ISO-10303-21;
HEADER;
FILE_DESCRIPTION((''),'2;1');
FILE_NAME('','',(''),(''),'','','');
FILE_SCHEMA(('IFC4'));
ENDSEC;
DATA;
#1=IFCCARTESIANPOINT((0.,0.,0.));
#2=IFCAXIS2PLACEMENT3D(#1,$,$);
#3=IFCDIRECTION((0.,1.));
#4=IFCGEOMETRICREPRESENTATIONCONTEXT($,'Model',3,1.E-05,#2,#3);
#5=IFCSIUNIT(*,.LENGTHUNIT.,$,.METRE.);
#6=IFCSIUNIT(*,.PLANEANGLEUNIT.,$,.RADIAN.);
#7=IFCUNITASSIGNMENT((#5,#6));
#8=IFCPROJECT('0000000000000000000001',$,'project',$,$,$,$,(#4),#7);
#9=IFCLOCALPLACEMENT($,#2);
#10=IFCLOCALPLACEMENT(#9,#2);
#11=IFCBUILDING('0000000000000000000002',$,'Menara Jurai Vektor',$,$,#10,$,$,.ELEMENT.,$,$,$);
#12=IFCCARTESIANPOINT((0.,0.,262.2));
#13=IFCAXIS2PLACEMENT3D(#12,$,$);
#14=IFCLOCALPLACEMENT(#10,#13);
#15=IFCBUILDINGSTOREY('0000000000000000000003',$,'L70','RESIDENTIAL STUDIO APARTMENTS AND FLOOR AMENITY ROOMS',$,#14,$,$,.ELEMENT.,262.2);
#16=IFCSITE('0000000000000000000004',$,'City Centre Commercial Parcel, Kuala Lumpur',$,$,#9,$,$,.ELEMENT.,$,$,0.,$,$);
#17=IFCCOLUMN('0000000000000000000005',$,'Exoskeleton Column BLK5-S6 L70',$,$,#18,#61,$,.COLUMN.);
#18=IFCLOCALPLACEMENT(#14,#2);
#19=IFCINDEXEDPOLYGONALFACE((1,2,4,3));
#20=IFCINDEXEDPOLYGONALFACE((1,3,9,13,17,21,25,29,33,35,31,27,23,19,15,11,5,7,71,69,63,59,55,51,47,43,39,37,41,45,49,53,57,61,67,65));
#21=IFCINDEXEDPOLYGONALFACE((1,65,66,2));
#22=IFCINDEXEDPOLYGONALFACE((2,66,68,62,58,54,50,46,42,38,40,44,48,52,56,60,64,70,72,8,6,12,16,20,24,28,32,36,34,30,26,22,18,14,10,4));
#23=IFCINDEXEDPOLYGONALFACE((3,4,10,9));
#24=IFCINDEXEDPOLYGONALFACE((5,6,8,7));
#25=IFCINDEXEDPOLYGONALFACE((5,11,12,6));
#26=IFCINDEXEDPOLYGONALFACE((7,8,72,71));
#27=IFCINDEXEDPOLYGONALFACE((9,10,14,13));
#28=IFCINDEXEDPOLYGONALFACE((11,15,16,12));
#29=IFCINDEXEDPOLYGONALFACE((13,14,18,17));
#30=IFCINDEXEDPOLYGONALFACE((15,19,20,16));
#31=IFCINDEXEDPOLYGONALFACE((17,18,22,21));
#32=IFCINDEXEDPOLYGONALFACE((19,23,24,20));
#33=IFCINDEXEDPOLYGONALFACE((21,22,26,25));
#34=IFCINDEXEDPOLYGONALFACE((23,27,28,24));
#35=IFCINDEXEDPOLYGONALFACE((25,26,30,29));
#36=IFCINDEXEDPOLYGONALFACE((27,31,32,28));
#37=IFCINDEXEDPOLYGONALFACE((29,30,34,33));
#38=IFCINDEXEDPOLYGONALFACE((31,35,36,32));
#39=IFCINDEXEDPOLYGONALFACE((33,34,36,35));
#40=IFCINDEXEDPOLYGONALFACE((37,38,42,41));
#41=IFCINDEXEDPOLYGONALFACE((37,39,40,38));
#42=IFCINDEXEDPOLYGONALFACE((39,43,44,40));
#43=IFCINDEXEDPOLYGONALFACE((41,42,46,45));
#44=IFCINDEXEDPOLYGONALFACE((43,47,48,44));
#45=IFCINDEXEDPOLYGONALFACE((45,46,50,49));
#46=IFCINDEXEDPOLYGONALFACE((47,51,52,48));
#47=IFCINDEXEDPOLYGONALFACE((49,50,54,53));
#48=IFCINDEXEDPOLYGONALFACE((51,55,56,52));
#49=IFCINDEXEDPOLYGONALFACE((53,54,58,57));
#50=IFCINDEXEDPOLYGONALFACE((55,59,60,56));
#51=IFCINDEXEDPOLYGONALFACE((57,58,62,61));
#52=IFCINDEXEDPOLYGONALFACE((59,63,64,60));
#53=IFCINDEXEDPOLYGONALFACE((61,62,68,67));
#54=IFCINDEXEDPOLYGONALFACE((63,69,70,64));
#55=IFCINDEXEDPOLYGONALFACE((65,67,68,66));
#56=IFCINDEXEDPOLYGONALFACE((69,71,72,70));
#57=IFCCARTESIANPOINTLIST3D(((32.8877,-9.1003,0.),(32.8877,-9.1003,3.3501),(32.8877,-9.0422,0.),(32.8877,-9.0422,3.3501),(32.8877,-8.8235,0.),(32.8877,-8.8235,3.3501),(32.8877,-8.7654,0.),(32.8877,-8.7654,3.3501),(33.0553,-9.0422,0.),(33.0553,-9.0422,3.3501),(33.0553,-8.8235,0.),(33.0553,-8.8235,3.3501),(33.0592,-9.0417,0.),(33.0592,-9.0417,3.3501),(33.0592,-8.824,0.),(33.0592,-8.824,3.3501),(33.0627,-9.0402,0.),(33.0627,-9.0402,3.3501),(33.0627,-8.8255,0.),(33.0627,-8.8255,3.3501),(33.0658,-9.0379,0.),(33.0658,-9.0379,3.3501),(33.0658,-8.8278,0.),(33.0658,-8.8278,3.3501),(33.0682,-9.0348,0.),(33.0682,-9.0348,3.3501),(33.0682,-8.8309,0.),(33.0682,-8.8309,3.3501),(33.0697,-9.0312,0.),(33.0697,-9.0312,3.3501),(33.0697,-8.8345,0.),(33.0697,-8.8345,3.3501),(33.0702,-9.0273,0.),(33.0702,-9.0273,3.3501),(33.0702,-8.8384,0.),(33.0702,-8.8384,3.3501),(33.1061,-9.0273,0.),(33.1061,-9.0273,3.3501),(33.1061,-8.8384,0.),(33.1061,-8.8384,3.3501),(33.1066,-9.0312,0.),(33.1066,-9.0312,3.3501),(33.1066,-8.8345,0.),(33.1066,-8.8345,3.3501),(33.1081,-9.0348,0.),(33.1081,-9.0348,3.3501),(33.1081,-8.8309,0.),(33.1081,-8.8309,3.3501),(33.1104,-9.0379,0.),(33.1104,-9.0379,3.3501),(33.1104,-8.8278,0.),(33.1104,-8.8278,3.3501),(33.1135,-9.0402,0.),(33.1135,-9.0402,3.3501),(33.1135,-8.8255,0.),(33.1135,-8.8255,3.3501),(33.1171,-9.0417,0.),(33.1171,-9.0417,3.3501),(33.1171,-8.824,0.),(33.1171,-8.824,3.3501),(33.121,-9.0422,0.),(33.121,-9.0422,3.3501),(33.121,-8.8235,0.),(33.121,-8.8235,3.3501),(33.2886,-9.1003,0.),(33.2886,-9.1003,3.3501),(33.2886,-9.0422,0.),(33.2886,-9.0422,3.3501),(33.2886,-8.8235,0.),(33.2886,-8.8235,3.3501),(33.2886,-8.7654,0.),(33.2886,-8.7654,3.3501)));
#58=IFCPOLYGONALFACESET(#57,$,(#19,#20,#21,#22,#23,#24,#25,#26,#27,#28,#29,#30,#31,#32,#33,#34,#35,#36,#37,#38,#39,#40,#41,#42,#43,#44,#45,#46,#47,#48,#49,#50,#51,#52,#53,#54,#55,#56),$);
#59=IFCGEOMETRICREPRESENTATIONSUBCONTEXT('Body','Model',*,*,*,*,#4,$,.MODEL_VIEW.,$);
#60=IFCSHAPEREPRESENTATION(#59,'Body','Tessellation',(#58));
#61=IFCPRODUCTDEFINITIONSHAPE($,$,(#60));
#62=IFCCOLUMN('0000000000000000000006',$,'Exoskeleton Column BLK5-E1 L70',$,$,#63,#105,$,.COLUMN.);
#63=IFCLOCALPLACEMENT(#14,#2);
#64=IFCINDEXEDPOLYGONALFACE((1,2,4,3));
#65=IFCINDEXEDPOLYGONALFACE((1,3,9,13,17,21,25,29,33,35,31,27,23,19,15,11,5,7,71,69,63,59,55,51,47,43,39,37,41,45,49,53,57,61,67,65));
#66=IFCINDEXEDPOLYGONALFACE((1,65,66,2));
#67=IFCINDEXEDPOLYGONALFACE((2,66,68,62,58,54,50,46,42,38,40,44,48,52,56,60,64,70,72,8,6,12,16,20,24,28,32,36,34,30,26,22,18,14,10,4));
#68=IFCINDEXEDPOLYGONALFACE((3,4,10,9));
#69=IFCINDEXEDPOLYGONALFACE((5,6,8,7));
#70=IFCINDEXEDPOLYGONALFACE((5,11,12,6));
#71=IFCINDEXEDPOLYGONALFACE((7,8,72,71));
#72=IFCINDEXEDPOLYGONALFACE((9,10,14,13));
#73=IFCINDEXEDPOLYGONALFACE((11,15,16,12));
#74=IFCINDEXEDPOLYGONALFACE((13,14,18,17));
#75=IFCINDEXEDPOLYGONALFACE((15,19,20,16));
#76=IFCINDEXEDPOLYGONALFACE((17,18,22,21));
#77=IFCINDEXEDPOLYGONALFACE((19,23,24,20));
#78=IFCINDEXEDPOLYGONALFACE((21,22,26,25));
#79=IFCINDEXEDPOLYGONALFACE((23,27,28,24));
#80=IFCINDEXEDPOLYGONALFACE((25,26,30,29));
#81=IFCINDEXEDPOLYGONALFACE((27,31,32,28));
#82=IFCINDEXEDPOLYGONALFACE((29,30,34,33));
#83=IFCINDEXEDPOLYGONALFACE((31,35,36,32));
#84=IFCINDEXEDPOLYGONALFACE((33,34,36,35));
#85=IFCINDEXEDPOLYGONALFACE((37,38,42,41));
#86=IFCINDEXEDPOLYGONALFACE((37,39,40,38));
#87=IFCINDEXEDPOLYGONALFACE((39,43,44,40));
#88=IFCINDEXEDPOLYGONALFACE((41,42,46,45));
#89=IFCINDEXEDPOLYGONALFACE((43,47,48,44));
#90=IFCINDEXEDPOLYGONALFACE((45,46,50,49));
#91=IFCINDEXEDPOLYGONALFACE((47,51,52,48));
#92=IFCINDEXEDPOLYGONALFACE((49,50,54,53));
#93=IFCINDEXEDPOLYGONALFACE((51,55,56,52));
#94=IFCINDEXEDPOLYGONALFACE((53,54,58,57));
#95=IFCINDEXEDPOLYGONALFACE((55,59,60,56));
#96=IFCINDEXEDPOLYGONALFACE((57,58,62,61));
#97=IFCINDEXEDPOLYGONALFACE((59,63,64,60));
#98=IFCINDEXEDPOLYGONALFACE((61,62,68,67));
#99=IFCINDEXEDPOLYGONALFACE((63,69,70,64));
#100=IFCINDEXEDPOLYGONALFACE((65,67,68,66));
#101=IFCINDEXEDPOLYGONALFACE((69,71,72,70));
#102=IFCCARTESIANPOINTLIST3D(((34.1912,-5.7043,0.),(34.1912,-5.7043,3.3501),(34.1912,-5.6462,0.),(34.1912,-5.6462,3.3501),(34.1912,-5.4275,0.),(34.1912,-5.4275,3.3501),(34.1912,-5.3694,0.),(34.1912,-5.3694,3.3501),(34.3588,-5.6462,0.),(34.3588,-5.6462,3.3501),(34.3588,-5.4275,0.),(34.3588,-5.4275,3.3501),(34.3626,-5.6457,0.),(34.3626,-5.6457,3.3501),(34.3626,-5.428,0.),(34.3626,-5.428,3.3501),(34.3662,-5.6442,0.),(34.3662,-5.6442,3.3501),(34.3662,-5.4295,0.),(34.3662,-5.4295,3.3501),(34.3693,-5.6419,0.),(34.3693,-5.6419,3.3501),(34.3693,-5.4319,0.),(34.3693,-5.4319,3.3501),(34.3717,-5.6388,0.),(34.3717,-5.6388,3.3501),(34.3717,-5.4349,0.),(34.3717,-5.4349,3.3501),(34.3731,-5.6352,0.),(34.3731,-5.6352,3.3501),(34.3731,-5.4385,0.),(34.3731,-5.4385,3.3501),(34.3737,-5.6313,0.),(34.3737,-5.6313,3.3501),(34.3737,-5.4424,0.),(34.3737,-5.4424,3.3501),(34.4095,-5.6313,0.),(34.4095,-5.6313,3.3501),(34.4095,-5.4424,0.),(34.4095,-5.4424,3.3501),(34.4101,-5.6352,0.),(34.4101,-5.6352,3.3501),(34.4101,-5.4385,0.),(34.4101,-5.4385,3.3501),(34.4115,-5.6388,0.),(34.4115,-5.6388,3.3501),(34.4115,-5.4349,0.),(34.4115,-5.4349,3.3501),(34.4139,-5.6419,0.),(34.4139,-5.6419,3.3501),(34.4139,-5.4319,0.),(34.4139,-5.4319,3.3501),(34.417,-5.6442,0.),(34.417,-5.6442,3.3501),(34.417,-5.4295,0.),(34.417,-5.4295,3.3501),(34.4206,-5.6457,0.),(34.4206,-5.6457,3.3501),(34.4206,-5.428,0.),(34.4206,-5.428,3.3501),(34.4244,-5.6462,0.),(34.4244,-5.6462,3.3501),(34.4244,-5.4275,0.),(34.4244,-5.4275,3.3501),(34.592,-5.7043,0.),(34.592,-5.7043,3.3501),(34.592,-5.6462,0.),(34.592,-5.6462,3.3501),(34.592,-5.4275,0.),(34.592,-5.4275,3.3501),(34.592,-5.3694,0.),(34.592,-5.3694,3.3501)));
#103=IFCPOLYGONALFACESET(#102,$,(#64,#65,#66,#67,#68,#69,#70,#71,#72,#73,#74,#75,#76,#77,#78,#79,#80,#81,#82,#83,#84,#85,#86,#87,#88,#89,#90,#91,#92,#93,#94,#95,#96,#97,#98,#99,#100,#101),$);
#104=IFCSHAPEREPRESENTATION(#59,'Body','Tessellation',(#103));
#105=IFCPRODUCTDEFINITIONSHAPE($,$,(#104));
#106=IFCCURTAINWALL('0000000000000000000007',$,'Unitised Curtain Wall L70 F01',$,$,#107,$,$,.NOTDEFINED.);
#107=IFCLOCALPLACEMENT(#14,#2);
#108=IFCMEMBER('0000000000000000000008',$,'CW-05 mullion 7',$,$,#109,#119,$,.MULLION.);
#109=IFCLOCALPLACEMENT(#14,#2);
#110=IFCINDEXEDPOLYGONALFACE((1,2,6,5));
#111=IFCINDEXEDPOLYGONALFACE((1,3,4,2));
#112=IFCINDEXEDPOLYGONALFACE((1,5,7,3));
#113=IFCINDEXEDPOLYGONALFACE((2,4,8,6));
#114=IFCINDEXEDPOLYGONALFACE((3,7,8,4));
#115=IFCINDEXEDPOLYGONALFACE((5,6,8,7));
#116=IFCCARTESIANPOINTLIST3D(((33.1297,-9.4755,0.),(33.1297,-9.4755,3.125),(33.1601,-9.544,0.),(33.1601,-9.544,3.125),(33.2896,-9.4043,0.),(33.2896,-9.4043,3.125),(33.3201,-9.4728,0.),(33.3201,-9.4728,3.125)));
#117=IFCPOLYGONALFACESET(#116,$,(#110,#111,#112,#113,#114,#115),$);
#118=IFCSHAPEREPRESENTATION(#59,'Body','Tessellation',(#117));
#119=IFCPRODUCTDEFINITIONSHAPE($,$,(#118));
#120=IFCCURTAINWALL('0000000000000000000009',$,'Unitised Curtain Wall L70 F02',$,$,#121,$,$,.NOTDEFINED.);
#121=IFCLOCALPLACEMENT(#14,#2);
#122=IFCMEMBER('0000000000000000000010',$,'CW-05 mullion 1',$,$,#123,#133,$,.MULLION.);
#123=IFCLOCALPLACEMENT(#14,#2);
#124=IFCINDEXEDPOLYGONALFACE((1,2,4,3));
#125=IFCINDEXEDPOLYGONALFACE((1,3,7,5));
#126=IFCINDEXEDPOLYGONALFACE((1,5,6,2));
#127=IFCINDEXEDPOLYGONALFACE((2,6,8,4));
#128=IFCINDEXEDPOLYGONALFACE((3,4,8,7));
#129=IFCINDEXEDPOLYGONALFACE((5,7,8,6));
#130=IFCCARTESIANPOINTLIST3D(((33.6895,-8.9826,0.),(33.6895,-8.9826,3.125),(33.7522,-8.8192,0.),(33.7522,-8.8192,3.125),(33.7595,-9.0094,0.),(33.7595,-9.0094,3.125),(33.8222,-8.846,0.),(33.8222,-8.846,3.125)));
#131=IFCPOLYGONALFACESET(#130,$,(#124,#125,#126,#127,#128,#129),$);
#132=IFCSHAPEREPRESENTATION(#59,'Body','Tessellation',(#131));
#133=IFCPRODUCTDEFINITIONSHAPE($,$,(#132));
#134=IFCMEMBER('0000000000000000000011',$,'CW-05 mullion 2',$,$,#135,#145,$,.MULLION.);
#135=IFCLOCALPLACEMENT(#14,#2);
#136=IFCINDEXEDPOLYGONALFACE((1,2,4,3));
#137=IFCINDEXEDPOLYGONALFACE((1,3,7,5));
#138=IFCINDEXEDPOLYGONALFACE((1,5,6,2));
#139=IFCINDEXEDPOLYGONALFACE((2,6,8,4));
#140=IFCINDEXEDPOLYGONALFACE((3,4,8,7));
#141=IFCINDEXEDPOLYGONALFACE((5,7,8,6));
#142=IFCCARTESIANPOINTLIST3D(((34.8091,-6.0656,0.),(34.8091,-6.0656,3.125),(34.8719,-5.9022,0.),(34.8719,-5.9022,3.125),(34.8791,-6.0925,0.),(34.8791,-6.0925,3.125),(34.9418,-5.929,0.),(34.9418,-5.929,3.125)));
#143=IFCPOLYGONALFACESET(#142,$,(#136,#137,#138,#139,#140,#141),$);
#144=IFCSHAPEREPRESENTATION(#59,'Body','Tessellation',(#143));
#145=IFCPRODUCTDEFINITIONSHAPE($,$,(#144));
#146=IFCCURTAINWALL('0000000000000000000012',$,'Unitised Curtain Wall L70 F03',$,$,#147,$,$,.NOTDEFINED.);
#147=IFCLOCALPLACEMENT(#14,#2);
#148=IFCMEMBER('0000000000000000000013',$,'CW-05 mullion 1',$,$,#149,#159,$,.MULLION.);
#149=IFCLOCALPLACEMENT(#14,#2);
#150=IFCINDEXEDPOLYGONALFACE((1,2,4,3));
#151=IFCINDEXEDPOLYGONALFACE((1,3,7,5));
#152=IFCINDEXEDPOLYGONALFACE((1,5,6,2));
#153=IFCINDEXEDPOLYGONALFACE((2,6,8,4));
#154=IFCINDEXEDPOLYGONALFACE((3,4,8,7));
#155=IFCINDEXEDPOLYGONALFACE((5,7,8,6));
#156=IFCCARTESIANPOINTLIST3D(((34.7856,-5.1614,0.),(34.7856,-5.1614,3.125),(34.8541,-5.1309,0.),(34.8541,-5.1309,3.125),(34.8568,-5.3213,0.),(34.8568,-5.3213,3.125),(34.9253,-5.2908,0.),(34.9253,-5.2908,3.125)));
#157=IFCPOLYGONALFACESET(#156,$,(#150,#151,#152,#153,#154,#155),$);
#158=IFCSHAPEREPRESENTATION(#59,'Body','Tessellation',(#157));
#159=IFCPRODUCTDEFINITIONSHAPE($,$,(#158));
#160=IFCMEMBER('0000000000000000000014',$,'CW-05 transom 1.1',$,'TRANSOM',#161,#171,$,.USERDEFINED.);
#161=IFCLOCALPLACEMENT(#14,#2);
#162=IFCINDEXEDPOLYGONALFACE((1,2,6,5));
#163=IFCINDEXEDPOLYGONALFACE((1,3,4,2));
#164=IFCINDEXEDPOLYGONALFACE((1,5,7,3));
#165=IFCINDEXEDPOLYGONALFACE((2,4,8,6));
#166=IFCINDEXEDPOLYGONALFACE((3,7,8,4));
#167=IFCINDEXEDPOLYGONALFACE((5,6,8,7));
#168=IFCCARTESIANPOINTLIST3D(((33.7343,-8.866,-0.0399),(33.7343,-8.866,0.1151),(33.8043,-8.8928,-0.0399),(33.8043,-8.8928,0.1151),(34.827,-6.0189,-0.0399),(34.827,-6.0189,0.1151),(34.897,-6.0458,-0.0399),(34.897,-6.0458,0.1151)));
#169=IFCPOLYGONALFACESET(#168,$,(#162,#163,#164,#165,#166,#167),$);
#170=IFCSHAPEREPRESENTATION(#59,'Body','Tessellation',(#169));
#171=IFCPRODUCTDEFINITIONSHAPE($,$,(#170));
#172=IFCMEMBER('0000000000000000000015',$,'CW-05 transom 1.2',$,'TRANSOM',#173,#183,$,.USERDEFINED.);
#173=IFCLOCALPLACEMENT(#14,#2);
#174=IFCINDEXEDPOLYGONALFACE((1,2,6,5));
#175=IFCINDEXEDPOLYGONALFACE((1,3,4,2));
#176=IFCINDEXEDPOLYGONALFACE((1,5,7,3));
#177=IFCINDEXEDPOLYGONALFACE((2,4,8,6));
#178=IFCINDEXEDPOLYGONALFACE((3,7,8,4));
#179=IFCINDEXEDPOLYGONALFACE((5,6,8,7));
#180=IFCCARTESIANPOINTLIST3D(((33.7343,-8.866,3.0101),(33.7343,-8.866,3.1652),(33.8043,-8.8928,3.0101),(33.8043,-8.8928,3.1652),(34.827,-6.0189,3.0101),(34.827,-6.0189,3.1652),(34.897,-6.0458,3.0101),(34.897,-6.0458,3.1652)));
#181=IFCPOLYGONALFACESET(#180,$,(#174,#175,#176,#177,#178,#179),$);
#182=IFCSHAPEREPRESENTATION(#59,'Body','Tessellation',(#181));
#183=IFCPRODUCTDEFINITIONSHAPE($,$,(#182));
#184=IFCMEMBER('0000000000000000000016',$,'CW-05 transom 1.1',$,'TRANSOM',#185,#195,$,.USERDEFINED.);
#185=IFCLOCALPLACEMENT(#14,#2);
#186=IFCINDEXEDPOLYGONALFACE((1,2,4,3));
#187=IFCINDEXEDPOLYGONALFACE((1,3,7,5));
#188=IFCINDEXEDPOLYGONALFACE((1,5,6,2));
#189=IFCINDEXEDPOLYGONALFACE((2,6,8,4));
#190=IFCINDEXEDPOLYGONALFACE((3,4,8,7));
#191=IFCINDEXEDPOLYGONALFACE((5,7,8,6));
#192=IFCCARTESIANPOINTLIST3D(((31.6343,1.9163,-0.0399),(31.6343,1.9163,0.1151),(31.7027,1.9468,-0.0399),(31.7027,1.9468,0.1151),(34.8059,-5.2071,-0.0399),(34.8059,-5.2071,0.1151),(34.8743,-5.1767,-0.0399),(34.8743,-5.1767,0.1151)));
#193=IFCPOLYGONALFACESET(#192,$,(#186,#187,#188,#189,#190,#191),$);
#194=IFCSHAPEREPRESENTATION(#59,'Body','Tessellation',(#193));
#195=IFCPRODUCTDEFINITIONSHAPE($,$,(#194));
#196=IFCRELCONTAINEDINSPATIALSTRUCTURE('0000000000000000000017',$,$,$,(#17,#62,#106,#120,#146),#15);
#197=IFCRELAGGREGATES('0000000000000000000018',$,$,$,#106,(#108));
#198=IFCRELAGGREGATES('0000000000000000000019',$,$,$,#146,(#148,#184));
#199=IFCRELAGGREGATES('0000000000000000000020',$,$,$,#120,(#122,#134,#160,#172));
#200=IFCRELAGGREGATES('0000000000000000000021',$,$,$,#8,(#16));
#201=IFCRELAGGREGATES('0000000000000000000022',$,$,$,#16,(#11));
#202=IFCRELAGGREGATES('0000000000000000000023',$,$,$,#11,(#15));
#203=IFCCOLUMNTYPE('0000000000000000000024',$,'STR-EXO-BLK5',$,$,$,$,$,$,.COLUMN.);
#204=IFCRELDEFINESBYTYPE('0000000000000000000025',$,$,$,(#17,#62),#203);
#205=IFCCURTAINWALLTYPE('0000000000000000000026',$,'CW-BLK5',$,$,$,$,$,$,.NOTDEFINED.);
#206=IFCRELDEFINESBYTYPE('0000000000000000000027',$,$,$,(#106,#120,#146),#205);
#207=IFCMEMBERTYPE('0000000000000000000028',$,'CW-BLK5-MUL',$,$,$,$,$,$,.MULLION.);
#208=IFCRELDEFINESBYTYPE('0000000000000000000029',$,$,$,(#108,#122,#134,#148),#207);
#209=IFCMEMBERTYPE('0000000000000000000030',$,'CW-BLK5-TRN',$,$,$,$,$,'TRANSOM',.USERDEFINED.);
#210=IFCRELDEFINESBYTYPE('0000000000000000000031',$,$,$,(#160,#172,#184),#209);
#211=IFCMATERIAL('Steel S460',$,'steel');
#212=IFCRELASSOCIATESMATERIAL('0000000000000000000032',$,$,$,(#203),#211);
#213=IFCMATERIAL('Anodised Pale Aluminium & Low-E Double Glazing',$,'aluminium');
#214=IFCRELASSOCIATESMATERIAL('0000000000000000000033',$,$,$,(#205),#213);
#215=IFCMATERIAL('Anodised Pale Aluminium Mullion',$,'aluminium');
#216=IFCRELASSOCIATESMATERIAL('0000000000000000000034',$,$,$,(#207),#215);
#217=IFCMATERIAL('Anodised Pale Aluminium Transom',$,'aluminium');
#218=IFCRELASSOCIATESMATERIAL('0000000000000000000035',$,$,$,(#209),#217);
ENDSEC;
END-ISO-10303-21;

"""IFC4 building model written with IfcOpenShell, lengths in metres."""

from ifc_helpers import new_model, si_unit, direction, frame, origin, origin_2d, place, context, subcontext, project, spatial, rectangle, i_section, extrude, material, material_profile, profile_set, type_object, element, aggregate, save


model = new_model("IFC4")

# Units and contexts
model_context = context("Model", 3, precision=1e-05, world=origin(), true_north=direction((0.0, 1.0)))
body_context = subcontext(model_context, "Body", "Model", "MODEL_VIEW")
ifc_project = project(units=[si_unit("LENGTHUNIT", "METRE"), si_unit("PLANEANGLEUNIT", "RADIAN")], contexts=[model_context])

# Site, building, storey
site_placement = place(None, origin())
site = spatial("IfcSite", under=ifc_project, at=site_placement, Name="City Centre Commercial Parcel, Kuala Lumpur", CompositionType="ELEMENT", RefElevation=0.0)
building_placement = place(site_placement, origin())
building = spatial("IfcBuilding", under=site, at=building_placement, Name="Menara Jurai Vektor", CompositionType="ELEMENT")
storey_placement = place(building_placement, frame((0.0, 0.0, 262.2)))
storey = spatial("IfcBuildingStorey", under=building, at=storey_placement, Name="L70", Description="RESIDENTIAL STUDIO APARTMENTS AND FLOOR AMENITY ROOMS", CompositionType="ELEMENT", Elevation=262.2)

# Columns
ifc_material_1 = material(Name="Steel S460", Category="steel")
ifc_material_profile_1 = material_profile(ifc_material_1, i_section(OverallWidth=0.4009, OverallDepth=0.335, WebThickness=0.0359, FlangeThickness=0.0581, FilletRadius=0.0149, at=origin_2d()), Name="HD 400x463")
ifc_profile_set_1 = profile_set([ifc_material_profile_1], Name="Steel S460")
column_type = type_object("IfcColumnType", Name="STR-EXO-BLK5", PredefinedType="COLUMN", material=ifc_profile_set_1)
for number, where, z_axis, x_axis, name in (
    (1, (33.0881, -8.9329, 0.0), (0.0, 0.0, 1.0), (1.0, 0.0, 0.0), "Exoskeleton Column BLK5-S6 L70"),
    (2, (34.3916, -5.5369, 0.0), (0.0, 0.0, 1.0), (1.0, 0.0, 0.0), "Exoskeleton Column BLK5-E1 L70"),
):
    element("IfcColumn", number, at=place(storey_placement, frame(where, z_axis=z_axis, x_axis=x_axis)), inside=storey, type_object=column_type, Name=name, PredefinedType="COLUMN", context=body_context, shape_type="SweptSolid", body=[
        extrude(i_section(OverallWidth=0.4009, OverallDepth=0.335, WebThickness=0.0359, FlangeThickness=0.0581, FilletRadius=0.0149, at=origin_2d()), origin(), (0.0, 0.0, 1.0), 3.3501),
    ])

# Curtain wall, member
ifc_material_2 = material(Name="Anodised Pale Aluminium & Low-E Double Glazing", Category="aluminium")
curtain_wall_type = type_object("IfcCurtainWallType", Name="CW-BLK5", PredefinedType="NOTDEFINED", material=ifc_material_2)
curtain_wall_1_placement = place(storey_placement, origin())
curtain_wall_1 = element("IfcCurtainWall", 3, at=curtain_wall_1_placement, inside=storey, type_object=curtain_wall_type, Name="Unitised Curtain Wall L70 F01", PredefinedType="NOTDEFINED")
ifc_material_3 = material(Name="Anodised Pale Aluminium Mullion", Category="aluminium")
ifc_material_profile_2 = material_profile(ifc_material_3, rectangle(XDim=0.075, YDim=0.175, at=origin_2d()), Name="ALU MUL 75x175")
ifc_profile_set_2 = profile_set([ifc_material_profile_2], Name="Anodised Pale Aluminium Mullion")
member_type_1 = type_object("IfcMemberType", Name="CW-BLK5-MUL", PredefinedType="MULLION", material=ifc_profile_set_2)
member_1_placement = place(storey_placement, frame((33.2249, -9.4741, 0.0), z_axis=(0.0, 0.0, 1.0), x_axis=(-0.406735, 0.913546, 0.0)))
member_1 = element("IfcMember", 4, at=member_1_placement, type_object=member_type_1, Name="CW-05 mullion 7", PredefinedType="MULLION", context=body_context, shape_type="SweptSolid", body=[
    extrude(rectangle(XDim=0.075, YDim=0.175, at=origin_2d()), origin(), (0.0, 0.0, 1.0), 3.125),
])

# Curtain wall, members
curtain_wall_2_placement = place(storey_placement, origin())
curtain_wall_2 = element("IfcCurtainWall", 5, at=curtain_wall_2_placement, inside=storey, type_object=curtain_wall_type, Name="Unitised Curtain Wall L70 F02", PredefinedType="NOTDEFINED")
member_2_placement = place(storey_placement, frame((33.7559, -8.9143, 0.0), z_axis=(0.0, 0.0, 1.0), x_axis=(-0.933578, 0.358374, 0.0)))
member_2 = element("IfcMember", 6, at=member_2_placement, type_object=member_type_1, Name="CW-05 mullion 1", PredefinedType="MULLION", context=body_context, shape_type="SweptSolid", body=[
    extrude(rectangle(XDim=0.075, YDim=0.175, at=origin_2d()), origin(), (0.0, 0.0, 1.0), 3.125),
])
member_3_placement = place(storey_placement, frame((34.8755, -5.9973, 0.0), z_axis=(0.0, 0.0, 1.0), x_axis=(-0.933578, 0.358374, 0.0)))
member_3 = element("IfcMember", 7, at=member_3_placement, type_object=member_type_1, Name="CW-05 mullion 2", PredefinedType="MULLION", context=body_context, shape_type="SweptSolid", body=[
    extrude(rectangle(XDim=0.075, YDim=0.175, at=origin_2d()), origin(), (0.0, 0.0, 1.0), 3.125),
])

# Curtain wall, member
curtain_wall_3_placement = place(storey_placement, origin())
curtain_wall_3 = element("IfcCurtainWall", 8, at=curtain_wall_3_placement, inside=storey, type_object=curtain_wall_type, Name="Unitised Curtain Wall L70 F03", PredefinedType="NOTDEFINED")
member_4_placement = place(storey_placement, frame((34.8555, -5.2261, 0.0), z_axis=(0.0, 0.0, 1.0), x_axis=(-0.913546, -0.406735, 0.0)))
member_4 = element("IfcMember", 9, at=member_4_placement, type_object=member_type_1, Name="CW-05 mullion 1", PredefinedType="MULLION", context=body_context, shape_type="SweptSolid", body=[
    extrude(rectangle(XDim=0.075, YDim=0.175, at=origin_2d()), origin(), (0.0, 0.0, 1.0), 3.125),
])

# Members
ifc_material_4 = material(Name="Anodised Pale Aluminium Transom", Category="aluminium")
ifc_material_profile_3 = material_profile(ifc_material_4, rectangle(XDim=0.075, YDim=0.155, at=origin_2d()), Name="ALU TRN 75x155")
ifc_profile_set_3 = profile_set([ifc_material_profile_3], Name="Anodised Pale Aluminium Transom")
member_type_2 = type_object("IfcMemberType", Name="CW-BLK5-TRN", ElementType="TRANSOM", PredefinedType="USERDEFINED", material=ifc_profile_set_3)
member_5_placement = place(storey_placement, frame((33.7693, -8.8794, 0.0376), z_axis=(0.358325, 0.933597, 0.0), x_axis=(-0.933597, 0.358325, 0.0)))
member_5 = element("IfcMember", 10, at=member_5_placement, type_object=member_type_2, Name="CW-05 transom 1.1", ObjectType="TRANSOM", PredefinedType="USERDEFINED", context=body_context, shape_type="SweptSolid", body=[
    extrude(rectangle(XDim=0.075, YDim=0.155, at=origin_2d()), origin(), (0.0, 0.0, 1.0), 3.0496),
])
member_6_placement = place(storey_placement, frame((33.7693, -8.8794, 3.0876), z_axis=(0.358325, 0.933597, 0.0), x_axis=(-0.933597, 0.358325, 0.0)))
member_6 = element("IfcMember", 11, at=member_6_placement, type_object=member_type_2, Name="CW-05 transom 1.2", ObjectType="TRANSOM", PredefinedType="USERDEFINED", context=body_context, shape_type="SweptSolid", body=[
    extrude(rectangle(XDim=0.075, YDim=0.155, at=origin_2d()), origin(), (0.0, 0.0, 1.0), 3.0496),
])
member_7_placement = place(storey_placement, frame((34.8401, -5.1919, 0.0376), z_axis=(-0.40674, 0.913544, 0.0), x_axis=(-0.913544, -0.40674, 0.0)))
member_7 = element("IfcMember", 12, at=member_7_placement, type_object=member_type_2, Name="CW-05 transom 1.1", ObjectType="TRANSOM", PredefinedType="USERDEFINED", context=body_context, shape_type="SweptSolid", body=[
    extrude(rectangle(XDim=0.075, YDim=0.155, at=origin_2d()), origin(), (0.0, 0.0, 1.0), 7.7976),
])

aggregate(curtain_wall_1, [member_1])
aggregate(curtain_wall_3, [member_4, member_7])
aggregate(curtain_wall_2, [member_2, member_3, member_5, member_6])

save(model, "model.ifc")
